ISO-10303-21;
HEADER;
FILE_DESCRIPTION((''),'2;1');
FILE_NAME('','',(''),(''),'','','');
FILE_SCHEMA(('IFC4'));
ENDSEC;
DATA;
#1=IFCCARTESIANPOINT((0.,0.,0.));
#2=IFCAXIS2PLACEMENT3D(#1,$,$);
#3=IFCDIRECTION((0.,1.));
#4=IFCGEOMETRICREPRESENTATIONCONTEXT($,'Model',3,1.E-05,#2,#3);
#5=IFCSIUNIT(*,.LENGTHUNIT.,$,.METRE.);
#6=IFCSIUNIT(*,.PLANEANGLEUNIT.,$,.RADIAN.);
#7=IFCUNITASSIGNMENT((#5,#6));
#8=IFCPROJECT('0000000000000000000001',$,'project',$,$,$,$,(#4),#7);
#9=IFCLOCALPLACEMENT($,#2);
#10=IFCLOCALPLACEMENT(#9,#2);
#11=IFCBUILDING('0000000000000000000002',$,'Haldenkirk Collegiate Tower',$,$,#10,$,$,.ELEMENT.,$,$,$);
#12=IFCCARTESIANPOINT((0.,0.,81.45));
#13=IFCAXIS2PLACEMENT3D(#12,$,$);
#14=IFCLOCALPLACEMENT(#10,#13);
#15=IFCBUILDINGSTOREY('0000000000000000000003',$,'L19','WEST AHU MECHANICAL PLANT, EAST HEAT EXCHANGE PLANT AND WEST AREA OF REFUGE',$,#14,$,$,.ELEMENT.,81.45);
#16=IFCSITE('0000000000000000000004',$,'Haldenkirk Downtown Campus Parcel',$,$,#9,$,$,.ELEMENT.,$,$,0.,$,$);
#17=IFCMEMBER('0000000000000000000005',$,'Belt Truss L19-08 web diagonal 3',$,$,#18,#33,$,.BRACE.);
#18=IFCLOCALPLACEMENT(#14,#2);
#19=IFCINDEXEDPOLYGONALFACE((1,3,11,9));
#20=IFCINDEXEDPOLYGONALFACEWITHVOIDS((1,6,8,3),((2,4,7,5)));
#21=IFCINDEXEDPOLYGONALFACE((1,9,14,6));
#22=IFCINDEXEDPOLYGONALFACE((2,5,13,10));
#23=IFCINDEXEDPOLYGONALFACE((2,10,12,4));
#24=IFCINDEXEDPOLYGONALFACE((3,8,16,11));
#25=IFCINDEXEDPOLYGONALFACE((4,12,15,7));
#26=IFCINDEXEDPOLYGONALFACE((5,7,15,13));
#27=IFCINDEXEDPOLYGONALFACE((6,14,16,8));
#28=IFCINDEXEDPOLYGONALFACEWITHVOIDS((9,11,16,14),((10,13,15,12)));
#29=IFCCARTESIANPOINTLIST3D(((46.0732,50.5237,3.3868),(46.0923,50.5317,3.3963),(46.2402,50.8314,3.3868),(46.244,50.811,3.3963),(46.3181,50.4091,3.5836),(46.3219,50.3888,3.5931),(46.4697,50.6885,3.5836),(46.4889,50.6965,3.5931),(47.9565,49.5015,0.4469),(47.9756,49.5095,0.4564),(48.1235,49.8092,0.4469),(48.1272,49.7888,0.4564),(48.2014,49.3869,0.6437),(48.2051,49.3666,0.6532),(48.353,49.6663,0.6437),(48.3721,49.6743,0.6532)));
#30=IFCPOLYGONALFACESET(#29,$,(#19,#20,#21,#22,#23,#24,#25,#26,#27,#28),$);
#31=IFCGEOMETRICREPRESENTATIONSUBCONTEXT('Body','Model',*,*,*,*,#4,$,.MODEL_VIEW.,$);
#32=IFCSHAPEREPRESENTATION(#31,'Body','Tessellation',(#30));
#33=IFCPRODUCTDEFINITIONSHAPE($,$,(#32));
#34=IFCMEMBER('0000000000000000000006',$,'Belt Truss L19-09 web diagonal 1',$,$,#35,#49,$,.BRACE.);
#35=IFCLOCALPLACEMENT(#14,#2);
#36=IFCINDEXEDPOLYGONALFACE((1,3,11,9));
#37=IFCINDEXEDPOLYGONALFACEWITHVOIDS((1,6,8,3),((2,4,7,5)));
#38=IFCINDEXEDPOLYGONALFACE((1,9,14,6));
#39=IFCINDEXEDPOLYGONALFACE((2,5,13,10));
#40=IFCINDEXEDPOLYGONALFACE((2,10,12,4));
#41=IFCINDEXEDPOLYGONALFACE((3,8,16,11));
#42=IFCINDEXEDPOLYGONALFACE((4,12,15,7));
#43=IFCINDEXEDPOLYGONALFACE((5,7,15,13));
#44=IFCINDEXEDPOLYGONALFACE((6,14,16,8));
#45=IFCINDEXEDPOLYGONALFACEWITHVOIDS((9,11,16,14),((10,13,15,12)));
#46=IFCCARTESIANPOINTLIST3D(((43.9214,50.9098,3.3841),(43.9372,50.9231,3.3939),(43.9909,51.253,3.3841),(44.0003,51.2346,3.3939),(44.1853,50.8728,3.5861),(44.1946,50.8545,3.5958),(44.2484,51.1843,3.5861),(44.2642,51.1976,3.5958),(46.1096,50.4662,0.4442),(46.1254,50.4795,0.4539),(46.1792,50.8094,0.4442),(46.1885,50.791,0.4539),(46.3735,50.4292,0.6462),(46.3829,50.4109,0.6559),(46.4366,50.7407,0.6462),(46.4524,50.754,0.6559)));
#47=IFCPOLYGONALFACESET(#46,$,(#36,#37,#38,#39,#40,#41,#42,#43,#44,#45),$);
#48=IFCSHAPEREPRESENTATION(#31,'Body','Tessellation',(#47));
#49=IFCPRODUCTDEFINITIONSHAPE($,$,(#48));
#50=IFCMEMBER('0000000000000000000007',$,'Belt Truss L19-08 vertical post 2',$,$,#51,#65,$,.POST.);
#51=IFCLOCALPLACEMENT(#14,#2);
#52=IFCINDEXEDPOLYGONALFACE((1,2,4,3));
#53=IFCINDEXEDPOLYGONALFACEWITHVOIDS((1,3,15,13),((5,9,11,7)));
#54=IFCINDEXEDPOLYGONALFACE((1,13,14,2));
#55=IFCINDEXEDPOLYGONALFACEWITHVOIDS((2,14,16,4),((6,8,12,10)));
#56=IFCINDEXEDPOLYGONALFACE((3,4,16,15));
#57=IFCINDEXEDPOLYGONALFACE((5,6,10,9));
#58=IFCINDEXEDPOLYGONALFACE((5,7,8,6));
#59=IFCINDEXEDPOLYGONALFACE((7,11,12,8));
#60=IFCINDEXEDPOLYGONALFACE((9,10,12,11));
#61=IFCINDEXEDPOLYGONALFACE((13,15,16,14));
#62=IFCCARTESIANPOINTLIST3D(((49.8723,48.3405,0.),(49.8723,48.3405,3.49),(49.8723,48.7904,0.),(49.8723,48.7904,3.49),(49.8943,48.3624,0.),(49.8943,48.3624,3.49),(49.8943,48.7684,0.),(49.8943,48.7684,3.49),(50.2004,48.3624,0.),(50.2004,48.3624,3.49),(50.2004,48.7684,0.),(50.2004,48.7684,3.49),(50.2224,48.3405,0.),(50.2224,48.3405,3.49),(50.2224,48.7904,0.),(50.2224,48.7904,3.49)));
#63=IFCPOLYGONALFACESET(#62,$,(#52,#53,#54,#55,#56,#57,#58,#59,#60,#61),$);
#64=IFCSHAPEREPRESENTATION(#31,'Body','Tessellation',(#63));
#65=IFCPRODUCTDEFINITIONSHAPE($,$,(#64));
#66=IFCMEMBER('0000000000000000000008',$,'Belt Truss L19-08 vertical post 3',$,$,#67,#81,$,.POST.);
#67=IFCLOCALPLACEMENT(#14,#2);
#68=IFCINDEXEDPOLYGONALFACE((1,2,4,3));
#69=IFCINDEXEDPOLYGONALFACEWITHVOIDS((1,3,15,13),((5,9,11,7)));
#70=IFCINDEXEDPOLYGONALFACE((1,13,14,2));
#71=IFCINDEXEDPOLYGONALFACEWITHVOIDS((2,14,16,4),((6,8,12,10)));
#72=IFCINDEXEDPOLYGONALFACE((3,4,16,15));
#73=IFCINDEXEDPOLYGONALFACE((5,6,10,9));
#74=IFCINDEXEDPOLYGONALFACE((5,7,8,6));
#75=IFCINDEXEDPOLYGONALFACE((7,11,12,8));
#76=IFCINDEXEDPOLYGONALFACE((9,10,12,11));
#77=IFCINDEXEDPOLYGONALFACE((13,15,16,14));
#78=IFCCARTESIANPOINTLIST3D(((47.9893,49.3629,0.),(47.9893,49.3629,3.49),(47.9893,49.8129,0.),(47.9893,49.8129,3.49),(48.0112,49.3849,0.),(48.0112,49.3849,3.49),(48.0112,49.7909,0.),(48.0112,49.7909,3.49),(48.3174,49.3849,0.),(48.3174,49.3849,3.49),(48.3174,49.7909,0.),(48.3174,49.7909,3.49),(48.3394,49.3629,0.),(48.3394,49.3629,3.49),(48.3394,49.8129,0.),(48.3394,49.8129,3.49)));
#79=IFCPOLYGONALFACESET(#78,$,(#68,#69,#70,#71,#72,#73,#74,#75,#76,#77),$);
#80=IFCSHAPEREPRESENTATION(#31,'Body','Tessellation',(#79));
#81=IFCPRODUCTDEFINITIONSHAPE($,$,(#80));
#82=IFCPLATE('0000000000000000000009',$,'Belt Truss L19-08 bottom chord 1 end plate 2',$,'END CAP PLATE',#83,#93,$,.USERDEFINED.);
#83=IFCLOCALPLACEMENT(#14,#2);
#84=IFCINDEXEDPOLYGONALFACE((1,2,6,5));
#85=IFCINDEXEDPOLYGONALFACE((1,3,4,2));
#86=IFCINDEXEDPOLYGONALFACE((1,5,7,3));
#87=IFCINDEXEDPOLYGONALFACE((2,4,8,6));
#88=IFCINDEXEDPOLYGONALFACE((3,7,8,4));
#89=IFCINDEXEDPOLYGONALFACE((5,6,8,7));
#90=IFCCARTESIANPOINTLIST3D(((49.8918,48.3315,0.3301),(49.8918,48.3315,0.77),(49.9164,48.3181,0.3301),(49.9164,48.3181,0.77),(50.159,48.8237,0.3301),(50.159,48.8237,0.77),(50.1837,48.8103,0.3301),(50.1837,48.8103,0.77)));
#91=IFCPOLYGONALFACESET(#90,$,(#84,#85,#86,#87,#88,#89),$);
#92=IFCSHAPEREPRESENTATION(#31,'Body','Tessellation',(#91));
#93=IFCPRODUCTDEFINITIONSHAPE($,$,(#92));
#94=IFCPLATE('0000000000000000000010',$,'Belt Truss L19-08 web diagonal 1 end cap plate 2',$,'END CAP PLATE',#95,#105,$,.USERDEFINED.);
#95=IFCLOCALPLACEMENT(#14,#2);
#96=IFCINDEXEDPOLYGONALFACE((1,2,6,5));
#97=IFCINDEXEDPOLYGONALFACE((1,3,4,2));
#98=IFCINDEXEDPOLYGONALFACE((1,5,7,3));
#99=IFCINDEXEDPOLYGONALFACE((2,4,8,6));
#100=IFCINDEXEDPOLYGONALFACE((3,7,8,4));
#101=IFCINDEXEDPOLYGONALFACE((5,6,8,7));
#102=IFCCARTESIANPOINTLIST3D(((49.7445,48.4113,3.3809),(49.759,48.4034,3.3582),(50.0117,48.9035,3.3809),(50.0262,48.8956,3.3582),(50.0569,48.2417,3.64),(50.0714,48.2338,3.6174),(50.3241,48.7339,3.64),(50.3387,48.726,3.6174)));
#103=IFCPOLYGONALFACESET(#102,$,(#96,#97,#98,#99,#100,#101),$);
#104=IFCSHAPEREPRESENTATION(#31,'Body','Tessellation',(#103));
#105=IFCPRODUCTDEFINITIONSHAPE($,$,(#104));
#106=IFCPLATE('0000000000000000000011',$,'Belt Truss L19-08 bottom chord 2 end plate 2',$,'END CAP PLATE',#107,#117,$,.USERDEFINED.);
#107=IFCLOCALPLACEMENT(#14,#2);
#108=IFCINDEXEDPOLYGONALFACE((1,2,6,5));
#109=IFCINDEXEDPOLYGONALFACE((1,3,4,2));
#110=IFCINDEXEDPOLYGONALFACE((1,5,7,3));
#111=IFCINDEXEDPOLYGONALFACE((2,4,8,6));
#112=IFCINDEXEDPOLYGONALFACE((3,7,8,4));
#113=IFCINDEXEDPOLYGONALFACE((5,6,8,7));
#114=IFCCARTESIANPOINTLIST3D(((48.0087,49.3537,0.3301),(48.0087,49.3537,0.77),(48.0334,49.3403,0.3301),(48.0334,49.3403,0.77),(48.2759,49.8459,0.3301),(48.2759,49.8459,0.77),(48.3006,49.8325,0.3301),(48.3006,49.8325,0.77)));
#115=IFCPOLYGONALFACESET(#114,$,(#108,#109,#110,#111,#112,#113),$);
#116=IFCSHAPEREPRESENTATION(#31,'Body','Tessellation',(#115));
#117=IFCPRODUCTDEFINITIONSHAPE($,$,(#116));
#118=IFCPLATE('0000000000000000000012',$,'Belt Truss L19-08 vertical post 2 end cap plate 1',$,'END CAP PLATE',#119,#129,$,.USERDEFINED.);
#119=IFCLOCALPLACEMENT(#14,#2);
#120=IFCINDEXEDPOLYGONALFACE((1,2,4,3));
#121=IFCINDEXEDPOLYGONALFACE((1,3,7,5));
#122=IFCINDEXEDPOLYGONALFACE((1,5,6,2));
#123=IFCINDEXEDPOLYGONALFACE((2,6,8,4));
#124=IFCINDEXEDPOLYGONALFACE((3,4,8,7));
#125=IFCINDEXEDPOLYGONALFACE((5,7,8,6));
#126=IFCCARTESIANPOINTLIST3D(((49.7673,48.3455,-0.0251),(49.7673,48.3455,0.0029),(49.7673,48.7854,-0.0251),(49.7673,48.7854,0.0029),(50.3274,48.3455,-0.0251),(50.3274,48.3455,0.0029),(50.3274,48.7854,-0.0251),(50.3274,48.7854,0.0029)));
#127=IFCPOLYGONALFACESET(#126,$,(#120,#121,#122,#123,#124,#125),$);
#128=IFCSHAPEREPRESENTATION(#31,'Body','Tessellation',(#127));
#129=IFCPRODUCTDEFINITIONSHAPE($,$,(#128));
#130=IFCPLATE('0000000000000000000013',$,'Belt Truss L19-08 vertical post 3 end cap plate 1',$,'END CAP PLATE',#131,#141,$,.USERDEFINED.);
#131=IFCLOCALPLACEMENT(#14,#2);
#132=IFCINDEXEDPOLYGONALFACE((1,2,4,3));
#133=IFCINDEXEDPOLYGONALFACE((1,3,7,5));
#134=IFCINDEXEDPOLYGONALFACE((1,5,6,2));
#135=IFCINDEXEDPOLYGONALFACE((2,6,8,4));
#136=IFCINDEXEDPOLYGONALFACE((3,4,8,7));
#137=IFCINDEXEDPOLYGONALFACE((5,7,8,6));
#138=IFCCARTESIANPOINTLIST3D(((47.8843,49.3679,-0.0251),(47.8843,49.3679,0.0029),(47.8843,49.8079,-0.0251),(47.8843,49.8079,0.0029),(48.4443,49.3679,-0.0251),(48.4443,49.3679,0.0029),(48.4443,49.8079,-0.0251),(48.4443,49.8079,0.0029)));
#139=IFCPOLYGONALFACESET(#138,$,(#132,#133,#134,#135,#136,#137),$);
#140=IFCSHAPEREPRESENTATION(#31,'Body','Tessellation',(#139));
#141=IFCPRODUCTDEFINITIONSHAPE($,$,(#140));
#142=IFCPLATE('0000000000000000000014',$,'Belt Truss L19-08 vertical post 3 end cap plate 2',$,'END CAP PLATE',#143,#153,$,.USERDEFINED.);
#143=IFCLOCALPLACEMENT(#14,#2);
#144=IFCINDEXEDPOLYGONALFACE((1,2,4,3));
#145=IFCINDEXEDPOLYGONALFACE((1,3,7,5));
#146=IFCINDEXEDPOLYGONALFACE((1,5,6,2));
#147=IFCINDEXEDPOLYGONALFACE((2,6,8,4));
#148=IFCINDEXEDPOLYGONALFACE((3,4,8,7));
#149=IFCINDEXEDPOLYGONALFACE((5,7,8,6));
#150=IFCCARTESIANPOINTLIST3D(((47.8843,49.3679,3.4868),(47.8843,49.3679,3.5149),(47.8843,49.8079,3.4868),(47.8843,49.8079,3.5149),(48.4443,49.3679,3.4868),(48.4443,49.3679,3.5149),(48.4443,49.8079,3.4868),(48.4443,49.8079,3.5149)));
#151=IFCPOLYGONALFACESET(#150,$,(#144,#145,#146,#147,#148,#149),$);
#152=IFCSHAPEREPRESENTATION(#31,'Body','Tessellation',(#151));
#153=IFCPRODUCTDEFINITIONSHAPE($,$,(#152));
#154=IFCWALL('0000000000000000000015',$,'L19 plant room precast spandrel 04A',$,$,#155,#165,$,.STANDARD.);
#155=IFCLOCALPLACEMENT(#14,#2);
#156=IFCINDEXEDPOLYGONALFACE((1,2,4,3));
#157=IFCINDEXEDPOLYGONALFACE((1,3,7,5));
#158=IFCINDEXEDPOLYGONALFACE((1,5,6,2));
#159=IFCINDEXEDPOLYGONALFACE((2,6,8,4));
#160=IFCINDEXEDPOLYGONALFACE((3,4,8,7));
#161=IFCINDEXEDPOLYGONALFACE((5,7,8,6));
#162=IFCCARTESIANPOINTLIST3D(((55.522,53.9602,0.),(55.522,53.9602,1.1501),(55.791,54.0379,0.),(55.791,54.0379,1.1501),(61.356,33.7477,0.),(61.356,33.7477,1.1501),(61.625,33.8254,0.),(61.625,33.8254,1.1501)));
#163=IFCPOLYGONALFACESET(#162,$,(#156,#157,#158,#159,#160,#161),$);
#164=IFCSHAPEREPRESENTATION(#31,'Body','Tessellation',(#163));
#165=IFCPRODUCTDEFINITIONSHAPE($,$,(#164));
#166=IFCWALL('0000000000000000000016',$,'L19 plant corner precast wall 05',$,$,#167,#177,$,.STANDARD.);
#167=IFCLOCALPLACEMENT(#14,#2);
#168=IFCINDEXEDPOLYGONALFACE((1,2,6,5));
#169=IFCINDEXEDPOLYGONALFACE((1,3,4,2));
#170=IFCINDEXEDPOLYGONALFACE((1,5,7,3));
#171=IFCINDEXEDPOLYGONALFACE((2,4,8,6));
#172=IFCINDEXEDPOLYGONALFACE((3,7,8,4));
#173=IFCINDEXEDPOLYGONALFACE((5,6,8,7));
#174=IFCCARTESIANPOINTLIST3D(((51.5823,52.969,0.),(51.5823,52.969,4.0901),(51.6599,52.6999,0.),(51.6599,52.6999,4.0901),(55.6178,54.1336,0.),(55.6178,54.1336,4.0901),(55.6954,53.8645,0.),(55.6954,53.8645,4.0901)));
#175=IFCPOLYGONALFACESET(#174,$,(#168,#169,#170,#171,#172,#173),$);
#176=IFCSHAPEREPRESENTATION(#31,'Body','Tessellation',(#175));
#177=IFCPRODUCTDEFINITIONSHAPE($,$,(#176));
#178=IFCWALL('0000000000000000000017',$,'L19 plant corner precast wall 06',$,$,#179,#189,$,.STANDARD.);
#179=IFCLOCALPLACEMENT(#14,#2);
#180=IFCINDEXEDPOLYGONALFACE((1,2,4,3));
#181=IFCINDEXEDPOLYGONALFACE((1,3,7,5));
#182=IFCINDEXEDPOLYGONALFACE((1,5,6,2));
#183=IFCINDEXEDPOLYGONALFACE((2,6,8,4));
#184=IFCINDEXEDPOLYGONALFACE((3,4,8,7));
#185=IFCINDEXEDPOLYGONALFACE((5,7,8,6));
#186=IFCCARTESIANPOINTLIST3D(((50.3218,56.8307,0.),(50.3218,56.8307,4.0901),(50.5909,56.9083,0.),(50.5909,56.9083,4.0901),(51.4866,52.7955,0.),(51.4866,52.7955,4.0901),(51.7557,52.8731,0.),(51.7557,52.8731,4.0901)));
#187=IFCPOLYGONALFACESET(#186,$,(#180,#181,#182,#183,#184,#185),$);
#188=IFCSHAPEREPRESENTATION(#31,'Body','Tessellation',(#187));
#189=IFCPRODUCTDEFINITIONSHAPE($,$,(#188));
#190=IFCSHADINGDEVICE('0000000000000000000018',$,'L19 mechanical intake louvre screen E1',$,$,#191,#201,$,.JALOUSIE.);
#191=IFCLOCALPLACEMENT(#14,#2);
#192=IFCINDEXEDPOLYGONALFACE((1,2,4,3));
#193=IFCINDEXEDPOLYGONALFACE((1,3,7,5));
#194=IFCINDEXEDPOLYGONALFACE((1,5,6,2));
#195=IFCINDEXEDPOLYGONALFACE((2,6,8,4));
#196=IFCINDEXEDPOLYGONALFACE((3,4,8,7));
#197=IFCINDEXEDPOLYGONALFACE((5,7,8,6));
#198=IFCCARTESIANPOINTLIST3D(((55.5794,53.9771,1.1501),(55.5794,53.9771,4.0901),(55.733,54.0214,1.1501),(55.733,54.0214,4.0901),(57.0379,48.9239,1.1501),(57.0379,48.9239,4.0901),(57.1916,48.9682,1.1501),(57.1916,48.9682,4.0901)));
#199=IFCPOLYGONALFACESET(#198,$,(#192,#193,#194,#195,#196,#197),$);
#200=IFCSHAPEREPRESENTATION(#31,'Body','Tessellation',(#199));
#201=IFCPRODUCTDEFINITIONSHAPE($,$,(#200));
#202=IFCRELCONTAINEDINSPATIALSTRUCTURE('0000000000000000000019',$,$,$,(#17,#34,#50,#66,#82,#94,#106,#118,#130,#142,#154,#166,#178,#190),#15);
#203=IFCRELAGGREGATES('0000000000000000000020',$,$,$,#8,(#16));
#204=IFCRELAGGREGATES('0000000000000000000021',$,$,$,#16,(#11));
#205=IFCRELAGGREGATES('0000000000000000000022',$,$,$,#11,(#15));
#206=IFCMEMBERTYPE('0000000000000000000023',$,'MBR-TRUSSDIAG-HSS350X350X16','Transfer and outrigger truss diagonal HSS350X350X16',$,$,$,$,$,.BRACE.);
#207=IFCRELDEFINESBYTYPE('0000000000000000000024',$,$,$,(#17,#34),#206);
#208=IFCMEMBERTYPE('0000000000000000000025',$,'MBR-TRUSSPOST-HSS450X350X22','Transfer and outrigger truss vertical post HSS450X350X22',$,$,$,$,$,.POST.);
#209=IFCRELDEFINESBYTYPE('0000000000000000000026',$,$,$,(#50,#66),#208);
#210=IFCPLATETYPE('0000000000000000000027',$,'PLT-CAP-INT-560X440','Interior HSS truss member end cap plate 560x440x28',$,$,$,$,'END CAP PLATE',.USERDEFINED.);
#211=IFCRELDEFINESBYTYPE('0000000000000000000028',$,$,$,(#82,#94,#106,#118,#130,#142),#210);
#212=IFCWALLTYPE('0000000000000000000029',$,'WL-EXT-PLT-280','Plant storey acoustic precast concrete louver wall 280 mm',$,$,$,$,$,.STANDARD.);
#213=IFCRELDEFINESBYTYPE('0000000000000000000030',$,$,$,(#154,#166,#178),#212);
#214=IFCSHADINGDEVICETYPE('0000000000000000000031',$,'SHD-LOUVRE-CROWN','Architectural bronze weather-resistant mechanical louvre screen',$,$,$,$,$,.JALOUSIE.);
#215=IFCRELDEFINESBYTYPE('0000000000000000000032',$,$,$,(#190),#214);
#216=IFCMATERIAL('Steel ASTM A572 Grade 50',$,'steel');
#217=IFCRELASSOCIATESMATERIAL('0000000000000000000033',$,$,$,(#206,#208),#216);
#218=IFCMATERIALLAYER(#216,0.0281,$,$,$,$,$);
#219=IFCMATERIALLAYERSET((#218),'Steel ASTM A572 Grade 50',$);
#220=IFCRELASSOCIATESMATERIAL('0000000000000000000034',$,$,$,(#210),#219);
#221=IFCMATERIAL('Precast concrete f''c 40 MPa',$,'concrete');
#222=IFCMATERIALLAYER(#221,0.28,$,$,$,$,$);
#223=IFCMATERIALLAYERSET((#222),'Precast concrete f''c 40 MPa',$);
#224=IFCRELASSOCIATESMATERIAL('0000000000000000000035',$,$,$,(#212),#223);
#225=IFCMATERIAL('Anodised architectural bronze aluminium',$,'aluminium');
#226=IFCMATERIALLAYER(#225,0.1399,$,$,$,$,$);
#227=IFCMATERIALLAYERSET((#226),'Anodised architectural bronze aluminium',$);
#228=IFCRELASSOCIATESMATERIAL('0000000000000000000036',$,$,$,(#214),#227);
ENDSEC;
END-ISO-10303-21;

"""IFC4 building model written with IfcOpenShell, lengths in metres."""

from ifc_helpers import new_model, si_unit, direction, frame, frame_2d, origin, origin_2d, place, context, subcontext, project, spatial, rectangle, hollow_rectangle, extrude, source, transform, mapped, material, layer, layer_set, material_profile, profile_set, type_object, element, save


model = new_model("IFC4")

# Units and contexts
model_context = context("Model", 3, precision=1e-05, world=origin(), true_north=direction((0.0, 1.0)))
body_context = subcontext(model_context, "Body", "Model", "MODEL_VIEW")
ifc_project = project(units=[si_unit("LENGTHUNIT", "METRE"), si_unit("PLANEANGLEUNIT", "RADIAN")], contexts=[model_context])

# Site, building, storey
site_placement = place(None, origin())
site = spatial("IfcSite", under=ifc_project, at=site_placement, Name="Haldenkirk Downtown Campus Parcel", CompositionType="ELEMENT", RefElevation=0.0)
building_placement = place(site_placement, origin())
building = spatial("IfcBuilding", under=site, at=building_placement, Name="Haldenkirk Collegiate Tower", CompositionType="ELEMENT")
storey_placement = place(building_placement, frame((0.0, 0.0, 81.45)))
storey = spatial("IfcBuildingStorey", under=building, at=storey_placement, Name="L19", Description="WEST AHU MECHANICAL PLANT, EAST HEAT EXCHANGE PLANT AND WEST AREA OF REFUGE", CompositionType="ELEMENT", Elevation=81.45)

# Members
ifc_material_1 = material(Name="Steel ASTM A572 Grade 50", Category="steel")
ifc_material_profile_1 = material_profile(ifc_material_1, hollow_rectangle(XDim=0.3501, YDim=0.3501, WallThickness=0.0161, at=origin_2d()), Name="HSS350X350X16")
ifc_profile_set_1 = profile_set([ifc_material_profile_1], Name="Steel ASTM A572 Grade 50")
member_type_1 = type_object("IfcMemberType", Name="MBR-TRUSSDIAG-HSS350X350X16", Description="Transfer and outrigger truss diagonal HSS350X350X16", PredefinedType="BRACE", material=ifc_profile_set_1)
for number, where, z_axis, x_axis, name in (
    (1, (48.1643, 49.5879, 0.55), (-0.517676, 0.280984, 0.808121), (-0.477039, -0.878882, 0.0), "Belt Truss L19-08 web diagonal 3"),
):
    element("IfcMember", number, at=place(storey_placement, frame(where, z_axis=z_axis, x_axis=x_axis)), inside=storey, type_object=member_type_1, Name=name, PredefinedType="BRACE", context=body_context, shape_type="SweptSolid", body=[
        extrude(hollow_rectangle(XDim=0.3501, YDim=0.3501, WallThickness=0.0161, at=origin_2d()), origin(), (0.0, 0.0, 1.0), 3.6379),
    ])
member_1_placement = place(storey_placement, frame((46.281, 50.6101, 0.55), z_axis=(-0.592749, 0.120163, 0.796372), x_axis=(-0.198681, -0.980064, 0.0)))
element("IfcMember", 2, at=member_1_placement, inside=storey, type_object=member_type_1, Name="Belt Truss L19-09 web diagonal 1", PredefinedType="BRACE", context=body_context, shape_type="SweptSolid", body=[
    extrude(hollow_rectangle(XDim=0.3501, YDim=0.3501, WallThickness=0.0161, at=origin_2d()), origin(), (0.0, 0.0, 1.0), 3.6917),
])
ifc_material_profile_2 = material_profile(ifc_material_1, hollow_rectangle(XDim=0.3501, YDim=0.45, WallThickness=0.022, at=origin_2d()), Name="HSS450X350X22")
ifc_profile_set_2 = profile_set([ifc_material_profile_2], Name="Steel ASTM A572 Grade 50")
member_type_2 = type_object("IfcMemberType", Name="MBR-TRUSSPOST-HSS450X350X22", Description="Transfer and outrigger truss vertical post HSS450X350X22", PredefinedType="POST", material=ifc_profile_set_2)
for number, where, z_axis, x_axis, name in (
    (3, (50.0474, 48.5654, 0.0), (0.0, 0.0, 1.0), (1.0, 0.0, 0.0), "Belt Truss L19-08 vertical post 2"),
    (4, (48.1643, 49.5879, 0.0), (0.0, 0.0, 1.0), (1.0, 0.0, 0.0), "Belt Truss L19-08 vertical post 3"),
):
    element("IfcMember", number, at=place(storey_placement, frame(where, z_axis=z_axis, x_axis=x_axis)), inside=storey, type_object=member_type_2, Name=name, PredefinedType="POST", context=body_context, shape_type="SweptSolid", body=[
        extrude(hollow_rectangle(XDim=0.3501, YDim=0.45, WallThickness=0.022, at=origin_2d()), origin(), (0.0, 0.0, 1.0), 3.49),
    ])

# Plates
ifc_layer_1 = layer(ifc_material_1, 0.0281)
ifc_layer_set_1 = layer_set([ifc_layer_1], Name="Steel ASTM A572 Grade 50")
plate_type = type_object("IfcPlateType", Name="PLT-CAP-INT-560X440", Description="Interior HSS truss member end cap plate 560x440x28", ElementType="END CAP PLATE", PredefinedType="USERDEFINED", material=ifc_layer_set_1)
shared_shape_1 = source(origin(), body_context, "Body", "SweptSolid", [
    extrude(rectangle(XDim=0.5601, YDim=0.4399, at=origin_2d()), origin(), (0.0, 0.0, 1.0), 0.0281),
])
for number, where, z_axis, x_axis, name in (
    (5, (50.05, 48.5642, 0.55), (-0.878831, 0.477132, 0.0), (-0.477132, -0.878831, 0.0), "Belt Truss L19-08 bottom chord 1 end plate 2"),
    (6, (50.0488, 48.5647, 3.4878), (-0.517621, 0.281034, 0.808139), (-0.477144, -0.878825, 0.0), "Belt Truss L19-08 web diagonal 1 end cap plate 2"),
    (7, (48.167, 49.5864, 0.55), (-0.878831, 0.477132, 0.0), (-0.477132, -0.878831, 0.0), "Belt Truss L19-08 bottom chord 2 end plate 2"),
    (8, (50.0474, 48.5654, 0.0029), (0.0, 0.0, -1.0), (1.0, 0.0, 0.0), "Belt Truss L19-08 vertical post 2 end cap plate 1"),
    (9, (48.1643, 49.5879, 0.0029), (0.0, 0.0, -1.0), (1.0, 0.0, 0.0), "Belt Truss L19-08 vertical post 3 end cap plate 1"),
    (10, (48.1643, 49.5879, 3.4868), (0.0, 0.0, 1.0), (1.0, 0.0, 0.0), "Belt Truss L19-08 vertical post 3 end cap plate 2"),
):
    element("IfcPlate", number, at=place(storey_placement, frame(where, z_axis=z_axis, x_axis=x_axis)), inside=storey, type_object=plate_type, Name=name, ObjectType="END CAP PLATE", PredefinedType="USERDEFINED", context=body_context, shape_type="MappedRepresentation", body=[
        mapped(shared_shape_1, transform((0.0, 0.0, 0.0), x_axis=(1.0, 0.0, 0.0), y_axis=(0.0, 1.0, 0.0), z_axis=(0.0, 0.0, 1.0), scale=1.0)),
    ])

# Walls
ifc_material_2 = material(Name="Precast concrete f'c 40 MPa", Category="concrete")
ifc_layer_2 = layer(ifc_material_2, 0.28)
ifc_layer_set_2 = layer_set([ifc_layer_2], Name="Precast concrete f'c 40 MPa")
wall_type = type_object("IfcWallType", Name="WL-EXT-PLT-280", Description="Plant storey acoustic precast concrete louver wall 280 mm", PredefinedType="STANDARD", material=ifc_layer_set_2)
wall_1_placement = place(storey_placement, frame((55.6565, 53.999, 0.0), z_axis=(0.0, 0.0, 1.0), x_axis=(0.277314, -0.960779, 0.0)))
element("IfcWall", 11, at=wall_1_placement, inside=storey, type_object=wall_type, Name="L19 plant room precast spandrel 04A", PredefinedType="STANDARD", context=body_context, shape_type="SweptSolid", body=[
    extrude(rectangle(XDim=21.0376, YDim=0.28, at=frame_2d((10.5188, 0.0))), origin(), (0.0, 0.0, 1.0), 1.1501),
])
wall_2_placement = place(storey_placement, frame((51.6211, 52.8345, 0.0), z_axis=(0.0, 0.0, 1.0), x_axis=(0.960792, 0.277269, 0.0)))
element("IfcWall", 12, at=wall_2_placement, inside=storey, type_object=wall_type, Name="L19 plant corner precast wall 05", PredefinedType="STANDARD", context=body_context, shape_type="SweptSolid", body=[
    extrude(rectangle(XDim=4.2002, YDim=0.28, at=frame_2d((2.1001, 0.0))), origin(), (0.0, 0.0, 1.0), 4.0901),
])
wall_3_placement = place(storey_placement, frame((50.4563, 56.8696, 0.0), z_axis=(0.0, 0.0, 1.0), x_axis=(0.277338, -0.960772, 0.0)))
element("IfcWall", 13, at=wall_3_placement, inside=storey, type_object=wall_type, Name="L19 plant corner precast wall 06", PredefinedType="STANDARD", context=body_context, shape_type="SweptSolid", body=[
    extrude(rectangle(XDim=4.2, YDim=0.28, at=frame_2d((2.1001, 0.0))), origin(), (0.0, 0.0, 1.0), 4.0901),
])

# Shading device
ifc_material_3 = material(Name="Anodised architectural bronze aluminium", Category="aluminium")
ifc_layer_3 = layer(ifc_material_3, 0.1399)
ifc_layer_set_3 = layer_set([ifc_layer_3], Name="Anodised architectural bronze aluminium")
shading_device_type = type_object("IfcShadingDeviceType", Name="SHD-LOUVRE-CROWN", Description="Architectural bronze weather-resistant mechanical louvre screen", PredefinedType="JALOUSIE", material=ifc_layer_set_3)
shared_shape_2 = source(origin(), body_context, "Body", "SweptSolid", [
    extrude(rectangle(XDim=5.2595, YDim=0.1599, at=origin_2d()), origin(), (0.0, 0.0, 1.0), 2.9399),
])
shading_device_1_placement = place(storey_placement, frame((56.3855, 51.4727, 1.1501), z_axis=(0.0, 0.0, 1.0), x_axis=(0.277315, -0.960779, 0.0)))
element("IfcShadingDevice", 14, at=shading_device_1_placement, inside=storey, type_object=shading_device_type, Name="L19 mechanical intake louvre screen E1", PredefinedType="JALOUSIE", context=body_context, shape_type="MappedRepresentation", body=[
    mapped(shared_shape_2, transform((0.0, 0.0, 0.0), x_axis=(1.0, 0.0, 0.0), y_axis=(0.0, 1.0, 0.0), z_axis=(0.0, 0.0, 1.0), scale=1.0)),
])

save(model, "model.ifc")
